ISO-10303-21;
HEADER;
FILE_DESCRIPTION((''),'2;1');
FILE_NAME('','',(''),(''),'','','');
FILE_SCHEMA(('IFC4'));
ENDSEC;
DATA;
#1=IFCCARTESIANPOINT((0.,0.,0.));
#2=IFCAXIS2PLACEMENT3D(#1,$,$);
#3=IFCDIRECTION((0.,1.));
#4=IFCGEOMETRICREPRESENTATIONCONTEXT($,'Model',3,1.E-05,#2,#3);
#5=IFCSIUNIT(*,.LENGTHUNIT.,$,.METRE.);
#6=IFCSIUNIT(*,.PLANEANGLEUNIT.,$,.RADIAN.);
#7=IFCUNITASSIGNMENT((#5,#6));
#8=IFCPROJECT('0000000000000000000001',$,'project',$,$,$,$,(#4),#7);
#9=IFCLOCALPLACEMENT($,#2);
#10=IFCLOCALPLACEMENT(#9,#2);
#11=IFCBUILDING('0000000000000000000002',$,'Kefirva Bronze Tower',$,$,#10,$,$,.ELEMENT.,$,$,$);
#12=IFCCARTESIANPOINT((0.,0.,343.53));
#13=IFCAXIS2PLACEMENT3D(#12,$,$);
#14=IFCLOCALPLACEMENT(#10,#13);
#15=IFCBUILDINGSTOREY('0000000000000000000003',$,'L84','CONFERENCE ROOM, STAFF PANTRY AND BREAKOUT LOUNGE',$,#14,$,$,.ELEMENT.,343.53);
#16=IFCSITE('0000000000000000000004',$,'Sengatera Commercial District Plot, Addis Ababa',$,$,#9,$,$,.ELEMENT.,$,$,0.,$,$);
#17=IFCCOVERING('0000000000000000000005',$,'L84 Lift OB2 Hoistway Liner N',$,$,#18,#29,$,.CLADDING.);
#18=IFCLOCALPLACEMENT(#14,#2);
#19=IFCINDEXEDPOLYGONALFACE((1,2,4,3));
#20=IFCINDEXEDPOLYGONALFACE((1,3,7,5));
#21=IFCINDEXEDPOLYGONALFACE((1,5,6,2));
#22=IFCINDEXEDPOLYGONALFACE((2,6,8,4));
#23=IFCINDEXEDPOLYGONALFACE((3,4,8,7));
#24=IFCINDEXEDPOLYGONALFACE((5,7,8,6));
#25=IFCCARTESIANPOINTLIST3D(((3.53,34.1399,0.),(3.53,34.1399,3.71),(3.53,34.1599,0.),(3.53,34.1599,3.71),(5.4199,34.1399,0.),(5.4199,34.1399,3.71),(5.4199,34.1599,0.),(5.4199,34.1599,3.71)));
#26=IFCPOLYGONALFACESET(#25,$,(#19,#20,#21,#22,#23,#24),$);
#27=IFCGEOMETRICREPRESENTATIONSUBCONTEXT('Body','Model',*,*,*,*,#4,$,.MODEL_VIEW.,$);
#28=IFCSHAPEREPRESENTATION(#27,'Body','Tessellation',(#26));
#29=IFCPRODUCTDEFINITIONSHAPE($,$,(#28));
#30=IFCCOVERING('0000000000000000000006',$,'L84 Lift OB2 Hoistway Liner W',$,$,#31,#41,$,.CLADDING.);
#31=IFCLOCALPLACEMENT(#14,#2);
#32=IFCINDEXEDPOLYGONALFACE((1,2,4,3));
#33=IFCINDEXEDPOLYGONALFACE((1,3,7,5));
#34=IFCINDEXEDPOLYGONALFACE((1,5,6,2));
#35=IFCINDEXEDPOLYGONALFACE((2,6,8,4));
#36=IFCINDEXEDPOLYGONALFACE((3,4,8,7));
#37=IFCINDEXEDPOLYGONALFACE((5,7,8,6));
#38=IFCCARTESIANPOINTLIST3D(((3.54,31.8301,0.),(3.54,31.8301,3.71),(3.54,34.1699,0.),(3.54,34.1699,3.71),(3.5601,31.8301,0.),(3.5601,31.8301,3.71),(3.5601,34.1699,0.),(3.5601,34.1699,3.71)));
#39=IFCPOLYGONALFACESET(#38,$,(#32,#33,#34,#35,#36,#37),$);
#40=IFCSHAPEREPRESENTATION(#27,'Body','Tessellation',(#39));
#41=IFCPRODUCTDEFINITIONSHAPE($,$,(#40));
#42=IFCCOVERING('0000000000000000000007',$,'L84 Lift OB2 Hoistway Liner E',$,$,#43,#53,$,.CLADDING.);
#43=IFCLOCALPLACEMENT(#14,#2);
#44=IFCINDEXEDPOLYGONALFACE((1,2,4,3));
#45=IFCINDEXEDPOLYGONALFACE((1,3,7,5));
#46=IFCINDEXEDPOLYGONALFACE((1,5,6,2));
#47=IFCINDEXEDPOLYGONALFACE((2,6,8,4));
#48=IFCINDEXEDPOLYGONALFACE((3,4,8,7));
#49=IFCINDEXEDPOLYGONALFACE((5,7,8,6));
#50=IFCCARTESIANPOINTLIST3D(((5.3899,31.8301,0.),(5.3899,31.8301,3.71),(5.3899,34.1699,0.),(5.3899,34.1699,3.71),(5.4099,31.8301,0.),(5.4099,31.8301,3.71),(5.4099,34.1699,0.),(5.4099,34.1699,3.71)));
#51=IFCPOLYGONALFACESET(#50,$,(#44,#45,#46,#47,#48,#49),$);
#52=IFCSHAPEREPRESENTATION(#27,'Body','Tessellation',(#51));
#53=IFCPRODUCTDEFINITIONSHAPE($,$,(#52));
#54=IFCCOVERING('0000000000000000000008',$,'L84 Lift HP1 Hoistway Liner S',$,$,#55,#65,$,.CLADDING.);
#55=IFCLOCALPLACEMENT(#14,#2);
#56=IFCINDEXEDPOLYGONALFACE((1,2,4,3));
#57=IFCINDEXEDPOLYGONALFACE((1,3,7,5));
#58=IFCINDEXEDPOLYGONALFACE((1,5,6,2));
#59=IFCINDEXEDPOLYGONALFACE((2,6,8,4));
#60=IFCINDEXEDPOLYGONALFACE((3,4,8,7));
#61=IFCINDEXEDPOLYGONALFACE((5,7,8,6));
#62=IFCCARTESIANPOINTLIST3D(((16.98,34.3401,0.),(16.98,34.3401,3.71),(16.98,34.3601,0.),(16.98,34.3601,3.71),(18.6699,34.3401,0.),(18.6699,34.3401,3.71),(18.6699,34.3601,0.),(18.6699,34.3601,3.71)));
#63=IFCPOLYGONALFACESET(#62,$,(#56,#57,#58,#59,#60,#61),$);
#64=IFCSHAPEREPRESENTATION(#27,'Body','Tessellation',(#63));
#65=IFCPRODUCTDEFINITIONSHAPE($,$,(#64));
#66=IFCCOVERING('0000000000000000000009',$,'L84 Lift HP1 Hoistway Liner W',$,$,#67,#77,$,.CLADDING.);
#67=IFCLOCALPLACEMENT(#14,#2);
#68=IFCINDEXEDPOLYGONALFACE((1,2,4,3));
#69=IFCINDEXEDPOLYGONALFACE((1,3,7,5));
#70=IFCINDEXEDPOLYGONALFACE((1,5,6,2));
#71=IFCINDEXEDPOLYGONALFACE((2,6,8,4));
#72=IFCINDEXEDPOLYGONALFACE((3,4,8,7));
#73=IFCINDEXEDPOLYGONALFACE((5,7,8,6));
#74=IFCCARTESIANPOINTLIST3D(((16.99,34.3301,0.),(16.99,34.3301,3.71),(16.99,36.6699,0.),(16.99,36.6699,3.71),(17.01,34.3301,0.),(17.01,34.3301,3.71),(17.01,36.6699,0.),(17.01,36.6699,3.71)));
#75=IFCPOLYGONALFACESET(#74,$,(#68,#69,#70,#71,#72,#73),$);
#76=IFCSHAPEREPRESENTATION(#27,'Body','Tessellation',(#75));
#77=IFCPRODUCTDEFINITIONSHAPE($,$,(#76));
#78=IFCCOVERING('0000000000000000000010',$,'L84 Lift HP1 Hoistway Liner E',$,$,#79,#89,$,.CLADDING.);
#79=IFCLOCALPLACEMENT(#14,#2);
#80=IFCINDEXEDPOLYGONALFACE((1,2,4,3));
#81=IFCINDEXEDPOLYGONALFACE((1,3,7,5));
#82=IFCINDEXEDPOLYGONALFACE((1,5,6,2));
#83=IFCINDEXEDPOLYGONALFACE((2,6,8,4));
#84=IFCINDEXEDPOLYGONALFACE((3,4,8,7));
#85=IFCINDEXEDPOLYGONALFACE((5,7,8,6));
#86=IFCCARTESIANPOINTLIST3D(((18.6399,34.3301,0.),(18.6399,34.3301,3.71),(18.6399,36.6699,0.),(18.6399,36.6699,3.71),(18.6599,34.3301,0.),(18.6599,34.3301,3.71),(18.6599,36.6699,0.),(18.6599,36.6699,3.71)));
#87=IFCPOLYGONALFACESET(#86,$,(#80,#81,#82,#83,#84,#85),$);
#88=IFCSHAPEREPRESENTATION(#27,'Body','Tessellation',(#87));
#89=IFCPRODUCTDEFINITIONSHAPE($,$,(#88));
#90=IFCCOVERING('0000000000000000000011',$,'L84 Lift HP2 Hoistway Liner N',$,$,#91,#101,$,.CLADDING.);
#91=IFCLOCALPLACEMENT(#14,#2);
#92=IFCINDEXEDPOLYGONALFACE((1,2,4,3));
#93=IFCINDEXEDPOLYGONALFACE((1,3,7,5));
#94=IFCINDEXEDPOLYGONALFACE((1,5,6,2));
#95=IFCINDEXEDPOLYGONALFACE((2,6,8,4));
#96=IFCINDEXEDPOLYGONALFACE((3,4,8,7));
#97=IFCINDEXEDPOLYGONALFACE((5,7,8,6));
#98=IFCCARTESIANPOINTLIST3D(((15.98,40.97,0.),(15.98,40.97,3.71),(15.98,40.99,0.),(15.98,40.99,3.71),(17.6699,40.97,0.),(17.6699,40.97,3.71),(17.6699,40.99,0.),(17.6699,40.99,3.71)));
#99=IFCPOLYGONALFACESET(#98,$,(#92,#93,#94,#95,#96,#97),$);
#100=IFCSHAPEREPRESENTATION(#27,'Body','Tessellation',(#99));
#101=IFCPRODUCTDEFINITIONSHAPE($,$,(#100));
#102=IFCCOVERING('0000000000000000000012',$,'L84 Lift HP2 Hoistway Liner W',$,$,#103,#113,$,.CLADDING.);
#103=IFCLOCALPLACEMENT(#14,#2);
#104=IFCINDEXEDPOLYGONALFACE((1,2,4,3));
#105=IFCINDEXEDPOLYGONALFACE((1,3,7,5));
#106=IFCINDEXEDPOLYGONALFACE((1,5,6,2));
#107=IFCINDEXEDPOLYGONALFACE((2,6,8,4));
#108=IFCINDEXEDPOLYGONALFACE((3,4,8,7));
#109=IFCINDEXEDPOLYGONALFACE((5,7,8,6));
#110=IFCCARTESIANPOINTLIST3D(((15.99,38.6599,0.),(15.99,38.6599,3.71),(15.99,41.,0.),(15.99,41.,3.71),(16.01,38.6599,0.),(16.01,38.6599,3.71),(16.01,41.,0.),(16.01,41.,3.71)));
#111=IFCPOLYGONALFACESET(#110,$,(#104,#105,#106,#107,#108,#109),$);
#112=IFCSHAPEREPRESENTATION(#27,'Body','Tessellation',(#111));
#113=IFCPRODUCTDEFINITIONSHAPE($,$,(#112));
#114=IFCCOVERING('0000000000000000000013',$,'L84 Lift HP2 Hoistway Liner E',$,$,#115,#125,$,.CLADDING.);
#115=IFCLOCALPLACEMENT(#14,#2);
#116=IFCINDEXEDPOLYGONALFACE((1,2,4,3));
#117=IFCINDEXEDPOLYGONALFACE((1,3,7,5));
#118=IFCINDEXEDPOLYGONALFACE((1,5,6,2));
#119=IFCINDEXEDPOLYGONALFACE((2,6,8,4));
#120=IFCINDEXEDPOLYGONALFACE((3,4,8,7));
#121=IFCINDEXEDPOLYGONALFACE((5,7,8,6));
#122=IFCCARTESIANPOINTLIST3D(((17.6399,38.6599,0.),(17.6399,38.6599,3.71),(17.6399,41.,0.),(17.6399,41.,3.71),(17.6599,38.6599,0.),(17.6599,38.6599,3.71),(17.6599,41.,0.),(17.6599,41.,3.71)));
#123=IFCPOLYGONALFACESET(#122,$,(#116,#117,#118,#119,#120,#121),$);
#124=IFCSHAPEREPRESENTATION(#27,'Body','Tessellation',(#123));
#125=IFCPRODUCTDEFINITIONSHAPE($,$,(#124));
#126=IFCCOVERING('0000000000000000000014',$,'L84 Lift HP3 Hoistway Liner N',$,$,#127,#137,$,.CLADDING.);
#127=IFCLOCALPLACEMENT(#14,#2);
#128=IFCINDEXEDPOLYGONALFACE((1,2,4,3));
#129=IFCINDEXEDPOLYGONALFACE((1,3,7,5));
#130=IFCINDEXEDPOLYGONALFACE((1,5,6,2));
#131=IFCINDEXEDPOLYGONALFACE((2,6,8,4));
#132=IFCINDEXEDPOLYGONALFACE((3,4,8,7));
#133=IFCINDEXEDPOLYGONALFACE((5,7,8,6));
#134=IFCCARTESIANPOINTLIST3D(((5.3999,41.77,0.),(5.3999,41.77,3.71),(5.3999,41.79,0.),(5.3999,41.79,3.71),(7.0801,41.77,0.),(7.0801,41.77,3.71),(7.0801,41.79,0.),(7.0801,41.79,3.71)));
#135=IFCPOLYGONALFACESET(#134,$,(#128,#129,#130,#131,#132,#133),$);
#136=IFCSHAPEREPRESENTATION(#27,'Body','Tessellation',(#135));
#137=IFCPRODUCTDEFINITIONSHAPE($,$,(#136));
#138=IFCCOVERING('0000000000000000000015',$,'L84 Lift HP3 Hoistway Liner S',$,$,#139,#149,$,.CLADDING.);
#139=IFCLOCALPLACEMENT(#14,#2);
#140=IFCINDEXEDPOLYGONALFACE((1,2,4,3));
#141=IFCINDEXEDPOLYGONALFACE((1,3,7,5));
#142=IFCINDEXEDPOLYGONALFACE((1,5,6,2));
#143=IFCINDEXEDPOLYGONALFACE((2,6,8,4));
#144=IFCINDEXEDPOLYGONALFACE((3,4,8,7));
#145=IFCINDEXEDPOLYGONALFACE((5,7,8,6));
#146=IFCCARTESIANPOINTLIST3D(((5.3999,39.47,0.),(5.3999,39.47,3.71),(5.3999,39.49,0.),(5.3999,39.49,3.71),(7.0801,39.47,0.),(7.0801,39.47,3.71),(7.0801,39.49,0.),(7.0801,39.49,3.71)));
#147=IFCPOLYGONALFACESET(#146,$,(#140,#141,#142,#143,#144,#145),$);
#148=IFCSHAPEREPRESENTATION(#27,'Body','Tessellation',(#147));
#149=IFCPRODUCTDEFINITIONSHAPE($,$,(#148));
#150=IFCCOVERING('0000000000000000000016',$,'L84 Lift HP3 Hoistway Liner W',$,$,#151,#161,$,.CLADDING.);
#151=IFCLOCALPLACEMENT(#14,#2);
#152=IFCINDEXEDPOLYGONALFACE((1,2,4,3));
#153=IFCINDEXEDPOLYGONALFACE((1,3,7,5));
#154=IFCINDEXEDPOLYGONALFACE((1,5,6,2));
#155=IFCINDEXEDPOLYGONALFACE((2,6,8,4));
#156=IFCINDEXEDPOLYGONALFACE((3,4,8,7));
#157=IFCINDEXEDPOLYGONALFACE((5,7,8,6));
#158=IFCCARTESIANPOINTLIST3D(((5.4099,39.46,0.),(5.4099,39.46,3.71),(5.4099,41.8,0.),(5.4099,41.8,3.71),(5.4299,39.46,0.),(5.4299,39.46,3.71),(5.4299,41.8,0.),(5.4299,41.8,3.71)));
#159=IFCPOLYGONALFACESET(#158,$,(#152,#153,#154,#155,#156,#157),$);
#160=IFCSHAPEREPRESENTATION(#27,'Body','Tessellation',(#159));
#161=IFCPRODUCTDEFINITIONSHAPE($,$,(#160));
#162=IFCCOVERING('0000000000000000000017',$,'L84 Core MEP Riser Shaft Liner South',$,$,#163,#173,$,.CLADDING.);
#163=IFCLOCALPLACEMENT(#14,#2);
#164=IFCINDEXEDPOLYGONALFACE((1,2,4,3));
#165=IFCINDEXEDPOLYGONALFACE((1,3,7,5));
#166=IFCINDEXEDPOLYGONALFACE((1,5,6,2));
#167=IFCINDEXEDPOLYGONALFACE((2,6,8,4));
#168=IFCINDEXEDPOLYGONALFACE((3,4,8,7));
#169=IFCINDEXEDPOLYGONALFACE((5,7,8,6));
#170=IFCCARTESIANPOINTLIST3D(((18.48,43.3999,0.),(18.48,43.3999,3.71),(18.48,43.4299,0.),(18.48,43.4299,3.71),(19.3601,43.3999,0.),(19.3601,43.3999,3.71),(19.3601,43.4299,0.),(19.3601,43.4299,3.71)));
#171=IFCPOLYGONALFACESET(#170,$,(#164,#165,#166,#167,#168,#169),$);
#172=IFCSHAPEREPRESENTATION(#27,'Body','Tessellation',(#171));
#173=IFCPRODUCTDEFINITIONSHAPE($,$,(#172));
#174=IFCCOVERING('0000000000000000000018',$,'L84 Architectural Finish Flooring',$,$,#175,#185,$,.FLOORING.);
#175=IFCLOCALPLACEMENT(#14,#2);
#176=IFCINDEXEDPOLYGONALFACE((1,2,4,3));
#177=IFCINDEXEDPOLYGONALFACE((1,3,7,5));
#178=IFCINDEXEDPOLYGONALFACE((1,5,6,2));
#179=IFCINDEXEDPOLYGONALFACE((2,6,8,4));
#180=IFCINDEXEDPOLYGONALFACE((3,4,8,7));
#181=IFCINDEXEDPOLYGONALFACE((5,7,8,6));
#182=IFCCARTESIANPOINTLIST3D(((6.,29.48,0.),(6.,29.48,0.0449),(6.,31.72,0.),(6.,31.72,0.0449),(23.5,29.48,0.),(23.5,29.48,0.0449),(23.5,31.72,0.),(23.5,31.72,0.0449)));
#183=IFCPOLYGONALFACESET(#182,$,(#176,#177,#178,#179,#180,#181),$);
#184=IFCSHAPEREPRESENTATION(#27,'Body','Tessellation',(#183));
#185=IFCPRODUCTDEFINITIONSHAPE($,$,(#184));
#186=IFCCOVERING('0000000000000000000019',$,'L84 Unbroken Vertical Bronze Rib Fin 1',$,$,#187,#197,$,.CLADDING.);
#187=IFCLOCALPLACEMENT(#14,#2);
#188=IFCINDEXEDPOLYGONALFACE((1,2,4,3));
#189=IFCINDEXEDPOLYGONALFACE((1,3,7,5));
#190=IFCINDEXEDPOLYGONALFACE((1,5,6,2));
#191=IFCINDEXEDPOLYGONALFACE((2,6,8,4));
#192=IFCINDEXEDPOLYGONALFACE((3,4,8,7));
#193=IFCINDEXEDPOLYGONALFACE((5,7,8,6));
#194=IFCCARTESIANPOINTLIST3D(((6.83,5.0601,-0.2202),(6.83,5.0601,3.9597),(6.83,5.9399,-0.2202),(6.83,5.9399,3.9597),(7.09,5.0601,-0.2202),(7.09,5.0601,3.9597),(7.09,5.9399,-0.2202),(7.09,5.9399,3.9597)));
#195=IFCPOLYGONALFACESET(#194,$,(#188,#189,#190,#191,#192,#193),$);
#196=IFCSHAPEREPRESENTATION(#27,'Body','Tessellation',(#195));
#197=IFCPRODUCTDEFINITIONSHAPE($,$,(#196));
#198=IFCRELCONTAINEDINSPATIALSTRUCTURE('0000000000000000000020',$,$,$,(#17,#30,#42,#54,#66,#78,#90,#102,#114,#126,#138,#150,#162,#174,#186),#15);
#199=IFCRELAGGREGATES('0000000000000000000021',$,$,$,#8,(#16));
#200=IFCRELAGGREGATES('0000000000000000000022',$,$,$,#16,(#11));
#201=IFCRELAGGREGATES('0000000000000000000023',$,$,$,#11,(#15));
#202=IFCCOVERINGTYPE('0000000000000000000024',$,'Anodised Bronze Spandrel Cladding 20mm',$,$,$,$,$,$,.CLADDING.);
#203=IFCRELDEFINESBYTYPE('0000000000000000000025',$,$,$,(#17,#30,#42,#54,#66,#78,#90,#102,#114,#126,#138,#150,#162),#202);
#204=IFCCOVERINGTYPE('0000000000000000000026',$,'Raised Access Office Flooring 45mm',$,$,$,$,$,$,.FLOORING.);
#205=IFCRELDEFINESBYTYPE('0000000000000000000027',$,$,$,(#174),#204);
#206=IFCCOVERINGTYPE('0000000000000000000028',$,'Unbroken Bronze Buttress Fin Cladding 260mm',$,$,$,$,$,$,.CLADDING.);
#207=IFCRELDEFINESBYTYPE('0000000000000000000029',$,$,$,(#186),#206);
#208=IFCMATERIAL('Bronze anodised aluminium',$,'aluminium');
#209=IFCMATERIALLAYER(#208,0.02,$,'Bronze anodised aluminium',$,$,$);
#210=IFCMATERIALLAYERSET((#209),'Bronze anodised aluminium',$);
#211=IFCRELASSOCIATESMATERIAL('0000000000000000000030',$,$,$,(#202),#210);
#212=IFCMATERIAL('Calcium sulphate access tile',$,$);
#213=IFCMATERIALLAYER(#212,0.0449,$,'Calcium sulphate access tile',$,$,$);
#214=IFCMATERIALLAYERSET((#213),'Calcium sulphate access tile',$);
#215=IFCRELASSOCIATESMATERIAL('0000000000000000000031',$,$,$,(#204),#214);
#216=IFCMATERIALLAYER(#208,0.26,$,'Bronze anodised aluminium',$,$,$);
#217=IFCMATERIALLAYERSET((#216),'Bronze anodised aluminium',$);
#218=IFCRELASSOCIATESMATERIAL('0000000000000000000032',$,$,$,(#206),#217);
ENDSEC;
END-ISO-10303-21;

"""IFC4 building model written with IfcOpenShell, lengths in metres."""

from ifc_helpers import new_model, si_unit, direction, frame, origin, origin_2d, place, context, subcontext, project, spatial, polyline, rectangle, outline, extrude, material, layer, layer_set, type_object, element, save


model = new_model("IFC4")

# Units and contexts
model_context = context("Model", 3, precision=1e-05, world=origin(), true_north=direction((0.0, 1.0)))
body_context = subcontext(model_context, "Body", "Model", "MODEL_VIEW")
ifc_project = project(units=[si_unit("LENGTHUNIT", "METRE"), si_unit("PLANEANGLEUNIT", "RADIAN")], contexts=[model_context])

# Site, building, storey
site_placement = place(None, origin())
site = spatial("IfcSite", under=ifc_project, at=site_placement, Name="Sengatera Commercial District Plot, Addis Ababa", CompositionType="ELEMENT", RefElevation=0.0)
building_placement = place(site_placement, origin())
building = spatial("IfcBuilding", under=site, at=building_placement, Name="Kefirva Bronze Tower", CompositionType="ELEMENT")
storey_placement = place(building_placement, frame((0.0, 0.0, 343.53)))
storey = spatial("IfcBuildingStorey", under=building, at=storey_placement, Name="L84", Description="CONFERENCE ROOM, STAFF PANTRY AND BREAKOUT LOUNGE", CompositionType="ELEMENT", Elevation=343.53)

# Shared definitions
ifc_material_1 = material(Name="Bronze anodised aluminium", Category="aluminium")

# Coverings
ifc_layer_1 = layer(ifc_material_1, 0.02, Name="Bronze anodised aluminium")
ifc_layer_set_1 = layer_set([ifc_layer_1], Name="Bronze anodised aluminium")
covering_type_1 = type_object("IfcCoveringType", Name="Anodised Bronze Spandrel Cladding 20mm", PredefinedType="CLADDING", material=ifc_layer_set_1)
covering_1_placement = place(storey_placement, origin())
element("IfcCovering", 1, at=covering_1_placement, inside=storey, type_object=covering_type_1, Name="L84 Lift OB2 Hoistway Liner N", PredefinedType="CLADDING", context=body_context, shape_type="SweptSolid", body=[
    extrude(outline(polyline([(3.53, 34.1399), (5.4199, 34.1399), (5.4199, 34.1599), (3.53, 34.1599), (3.53, 34.1399)])), origin(), (0.0, 0.0, 1.0), 3.71),
])
covering_2_placement = place(storey_placement, origin())
element("IfcCovering", 2, at=covering_2_placement, inside=storey, type_object=covering_type_1, Name="L84 Lift OB2 Hoistway Liner W", PredefinedType="CLADDING", context=body_context, shape_type="SweptSolid", body=[
    extrude(outline(polyline([(3.54, 31.8301), (3.5601, 31.8301), (3.5601, 34.1699), (3.54, 34.1699), (3.54, 31.8301)])), origin(), (0.0, 0.0, 1.0), 3.71),
])
covering_3_placement = place(storey_placement, origin())
element("IfcCovering", 3, at=covering_3_placement, inside=storey, type_object=covering_type_1, Name="L84 Lift OB2 Hoistway Liner E", PredefinedType="CLADDING", context=body_context, shape_type="SweptSolid", body=[
    extrude(outline(polyline([(5.3899, 31.8301), (5.4099, 31.8301), (5.4099, 34.1699), (5.3899, 34.1699), (5.3899, 31.8301)])), origin(), (0.0, 0.0, 1.0), 3.71),
])
covering_4_placement = place(storey_placement, origin())
element("IfcCovering", 4, at=covering_4_placement, inside=storey, type_object=covering_type_1, Name="L84 Lift HP1 Hoistway Liner S", PredefinedType="CLADDING", context=body_context, shape_type="SweptSolid", body=[
    extrude(outline(polyline([(16.98, 34.3401), (18.6699, 34.3401), (18.6699, 34.3601), (16.98, 34.3601), (16.98, 34.3401)])), origin(), (0.0, 0.0, 1.0), 3.71),
])
covering_5_placement = place(storey_placement, origin())
element("IfcCovering", 5, at=covering_5_placement, inside=storey, type_object=covering_type_1, Name="L84 Lift HP1 Hoistway Liner W", PredefinedType="CLADDING", context=body_context, shape_type="SweptSolid", body=[
    extrude(outline(polyline([(16.99, 34.3301), (17.01, 34.3301), (17.01, 36.6699), (16.99, 36.6699), (16.99, 34.3301)])), origin(), (0.0, 0.0, 1.0), 3.71),
])
covering_6_placement = place(storey_placement, origin())
element("IfcCovering", 6, at=covering_6_placement, inside=storey, type_object=covering_type_1, Name="L84 Lift HP1 Hoistway Liner E", PredefinedType="CLADDING", context=body_context, shape_type="SweptSolid", body=[
    extrude(outline(polyline([(18.6399, 34.3301), (18.6599, 34.3301), (18.6599, 36.6699), (18.6399, 36.6699), (18.6399, 34.3301)])), origin(), (0.0, 0.0, 1.0), 3.71),
])
covering_7_placement = place(storey_placement, origin())
element("IfcCovering", 7, at=covering_7_placement, inside=storey, type_object=covering_type_1, Name="L84 Lift HP2 Hoistway Liner N", PredefinedType="CLADDING", context=body_context, shape_type="SweptSolid", body=[
    extrude(outline(polyline([(15.98, 40.97), (17.6699, 40.97), (17.6699, 40.99), (15.98, 40.99), (15.98, 40.97)])), origin(), (0.0, 0.0, 1.0), 3.71),
])
covering_8_placement = place(storey_placement, origin())
element("IfcCovering", 8, at=covering_8_placement, inside=storey, type_object=covering_type_1, Name="L84 Lift HP2 Hoistway Liner W", PredefinedType="CLADDING", context=body_context, shape_type="SweptSolid", body=[
    extrude(outline(polyline([(15.99, 38.6599), (16.01, 38.6599), (16.01, 41.0), (15.99, 41.0), (15.99, 38.6599)])), origin(), (0.0, 0.0, 1.0), 3.71),
])
covering_9_placement = place(storey_placement, origin())
element("IfcCovering", 9, at=covering_9_placement, inside=storey, type_object=covering_type_1, Name="L84 Lift HP2 Hoistway Liner E", PredefinedType="CLADDING", context=body_context, shape_type="SweptSolid", body=[
    extrude(outline(polyline([(17.6399, 38.6599), (17.6599, 38.6599), (17.6599, 41.0), (17.6399, 41.0), (17.6399, 38.6599)])), origin(), (0.0, 0.0, 1.0), 3.71),
])
covering_10_placement = place(storey_placement, origin())
element("IfcCovering", 10, at=covering_10_placement, inside=storey, type_object=covering_type_1, Name="L84 Lift HP3 Hoistway Liner N", PredefinedType="CLADDING", context=body_context, shape_type="SweptSolid", body=[
    extrude(outline(polyline([(5.3999, 41.77), (7.0801, 41.77), (7.0801, 41.79), (5.3999, 41.79), (5.3999, 41.77)])), origin(), (0.0, 0.0, 1.0), 3.71),
])
covering_11_placement = place(storey_placement, origin())
element("IfcCovering", 11, at=covering_11_placement, inside=storey, type_object=covering_type_1, Name="L84 Lift HP3 Hoistway Liner S", PredefinedType="CLADDING", context=body_context, shape_type="SweptSolid", body=[
    extrude(outline(polyline([(5.3999, 39.47), (7.0801, 39.47), (7.0801, 39.49), (5.3999, 39.49), (5.3999, 39.47)])), origin(), (0.0, 0.0, 1.0), 3.71),
])
covering_12_placement = place(storey_placement, origin())
element("IfcCovering", 12, at=covering_12_placement, inside=storey, type_object=covering_type_1, Name="L84 Lift HP3 Hoistway Liner W", PredefinedType="CLADDING", context=body_context, shape_type="SweptSolid", body=[
    extrude(outline(polyline([(5.4099, 39.46), (5.4299, 39.46), (5.4299, 41.8), (5.4099, 41.8), (5.4099, 39.46)])), origin(), (0.0, 0.0, 1.0), 3.71),
])
covering_13_placement = place(storey_placement, origin())
element("IfcCovering", 13, at=covering_13_placement, inside=storey, type_object=covering_type_1, Name="L84 Core MEP Riser Shaft Liner South", PredefinedType="CLADDING", context=body_context, shape_type="SweptSolid", body=[
    extrude(outline(polyline([(18.48, 43.3999), (19.3601, 43.3999), (19.3601, 43.4299), (18.48, 43.4299), (18.48, 43.3999)])), origin(), (0.0, 0.0, 1.0), 3.71),
])
ifc_material_2 = material(Name="Calcium sulphate access tile")
ifc_layer_2 = layer(ifc_material_2, 0.0449, Name="Calcium sulphate access tile")
ifc_layer_set_2 = layer_set([ifc_layer_2], Name="Calcium sulphate access tile")
covering_type_2 = type_object("IfcCoveringType", Name="Raised Access Office Flooring 45mm", PredefinedType="FLOORING", material=ifc_layer_set_2)
covering_14_placement = place(storey_placement, origin())
element("IfcCovering", 14, at=covering_14_placement, inside=storey, type_object=covering_type_2, Name="L84 Architectural Finish Flooring", PredefinedType="FLOORING", context=body_context, shape_type="SweptSolid", body=[
    extrude(outline(polyline([(6.0, 29.48), (23.5, 29.48), (23.5, 31.72), (6.0, 31.72), (6.0, 29.48)])), origin(), (0.0, 0.0, 1.0), 0.0449),
])
ifc_layer_3 = layer(ifc_material_1, 0.26, Name="Bronze anodised aluminium")
ifc_layer_set_3 = layer_set([ifc_layer_3], Name="Bronze anodised aluminium")
covering_type_3 = type_object("IfcCoveringType", Name="Unbroken Bronze Buttress Fin Cladding 260mm", PredefinedType="CLADDING", material=ifc_layer_set_3)
covering_15_placement = place(storey_placement, frame((6.96, 5.5, -0.2202), z_axis=(0.0, 0.0, 1.0), x_axis=(1.0, 0.0, 0.0)))
element("IfcCovering", 15, at=covering_15_placement, inside=storey, type_object=covering_type_3, Name="L84 Unbroken Vertical Bronze Rib Fin 1", PredefinedType="CLADDING", context=body_context, shape_type="SweptSolid", body=[
    extrude(rectangle(XDim=0.26, YDim=0.8799, at=origin_2d()), origin(), (0.0, 0.0, 1.0), 4.1799),
])

save(model, "model.ifc")
